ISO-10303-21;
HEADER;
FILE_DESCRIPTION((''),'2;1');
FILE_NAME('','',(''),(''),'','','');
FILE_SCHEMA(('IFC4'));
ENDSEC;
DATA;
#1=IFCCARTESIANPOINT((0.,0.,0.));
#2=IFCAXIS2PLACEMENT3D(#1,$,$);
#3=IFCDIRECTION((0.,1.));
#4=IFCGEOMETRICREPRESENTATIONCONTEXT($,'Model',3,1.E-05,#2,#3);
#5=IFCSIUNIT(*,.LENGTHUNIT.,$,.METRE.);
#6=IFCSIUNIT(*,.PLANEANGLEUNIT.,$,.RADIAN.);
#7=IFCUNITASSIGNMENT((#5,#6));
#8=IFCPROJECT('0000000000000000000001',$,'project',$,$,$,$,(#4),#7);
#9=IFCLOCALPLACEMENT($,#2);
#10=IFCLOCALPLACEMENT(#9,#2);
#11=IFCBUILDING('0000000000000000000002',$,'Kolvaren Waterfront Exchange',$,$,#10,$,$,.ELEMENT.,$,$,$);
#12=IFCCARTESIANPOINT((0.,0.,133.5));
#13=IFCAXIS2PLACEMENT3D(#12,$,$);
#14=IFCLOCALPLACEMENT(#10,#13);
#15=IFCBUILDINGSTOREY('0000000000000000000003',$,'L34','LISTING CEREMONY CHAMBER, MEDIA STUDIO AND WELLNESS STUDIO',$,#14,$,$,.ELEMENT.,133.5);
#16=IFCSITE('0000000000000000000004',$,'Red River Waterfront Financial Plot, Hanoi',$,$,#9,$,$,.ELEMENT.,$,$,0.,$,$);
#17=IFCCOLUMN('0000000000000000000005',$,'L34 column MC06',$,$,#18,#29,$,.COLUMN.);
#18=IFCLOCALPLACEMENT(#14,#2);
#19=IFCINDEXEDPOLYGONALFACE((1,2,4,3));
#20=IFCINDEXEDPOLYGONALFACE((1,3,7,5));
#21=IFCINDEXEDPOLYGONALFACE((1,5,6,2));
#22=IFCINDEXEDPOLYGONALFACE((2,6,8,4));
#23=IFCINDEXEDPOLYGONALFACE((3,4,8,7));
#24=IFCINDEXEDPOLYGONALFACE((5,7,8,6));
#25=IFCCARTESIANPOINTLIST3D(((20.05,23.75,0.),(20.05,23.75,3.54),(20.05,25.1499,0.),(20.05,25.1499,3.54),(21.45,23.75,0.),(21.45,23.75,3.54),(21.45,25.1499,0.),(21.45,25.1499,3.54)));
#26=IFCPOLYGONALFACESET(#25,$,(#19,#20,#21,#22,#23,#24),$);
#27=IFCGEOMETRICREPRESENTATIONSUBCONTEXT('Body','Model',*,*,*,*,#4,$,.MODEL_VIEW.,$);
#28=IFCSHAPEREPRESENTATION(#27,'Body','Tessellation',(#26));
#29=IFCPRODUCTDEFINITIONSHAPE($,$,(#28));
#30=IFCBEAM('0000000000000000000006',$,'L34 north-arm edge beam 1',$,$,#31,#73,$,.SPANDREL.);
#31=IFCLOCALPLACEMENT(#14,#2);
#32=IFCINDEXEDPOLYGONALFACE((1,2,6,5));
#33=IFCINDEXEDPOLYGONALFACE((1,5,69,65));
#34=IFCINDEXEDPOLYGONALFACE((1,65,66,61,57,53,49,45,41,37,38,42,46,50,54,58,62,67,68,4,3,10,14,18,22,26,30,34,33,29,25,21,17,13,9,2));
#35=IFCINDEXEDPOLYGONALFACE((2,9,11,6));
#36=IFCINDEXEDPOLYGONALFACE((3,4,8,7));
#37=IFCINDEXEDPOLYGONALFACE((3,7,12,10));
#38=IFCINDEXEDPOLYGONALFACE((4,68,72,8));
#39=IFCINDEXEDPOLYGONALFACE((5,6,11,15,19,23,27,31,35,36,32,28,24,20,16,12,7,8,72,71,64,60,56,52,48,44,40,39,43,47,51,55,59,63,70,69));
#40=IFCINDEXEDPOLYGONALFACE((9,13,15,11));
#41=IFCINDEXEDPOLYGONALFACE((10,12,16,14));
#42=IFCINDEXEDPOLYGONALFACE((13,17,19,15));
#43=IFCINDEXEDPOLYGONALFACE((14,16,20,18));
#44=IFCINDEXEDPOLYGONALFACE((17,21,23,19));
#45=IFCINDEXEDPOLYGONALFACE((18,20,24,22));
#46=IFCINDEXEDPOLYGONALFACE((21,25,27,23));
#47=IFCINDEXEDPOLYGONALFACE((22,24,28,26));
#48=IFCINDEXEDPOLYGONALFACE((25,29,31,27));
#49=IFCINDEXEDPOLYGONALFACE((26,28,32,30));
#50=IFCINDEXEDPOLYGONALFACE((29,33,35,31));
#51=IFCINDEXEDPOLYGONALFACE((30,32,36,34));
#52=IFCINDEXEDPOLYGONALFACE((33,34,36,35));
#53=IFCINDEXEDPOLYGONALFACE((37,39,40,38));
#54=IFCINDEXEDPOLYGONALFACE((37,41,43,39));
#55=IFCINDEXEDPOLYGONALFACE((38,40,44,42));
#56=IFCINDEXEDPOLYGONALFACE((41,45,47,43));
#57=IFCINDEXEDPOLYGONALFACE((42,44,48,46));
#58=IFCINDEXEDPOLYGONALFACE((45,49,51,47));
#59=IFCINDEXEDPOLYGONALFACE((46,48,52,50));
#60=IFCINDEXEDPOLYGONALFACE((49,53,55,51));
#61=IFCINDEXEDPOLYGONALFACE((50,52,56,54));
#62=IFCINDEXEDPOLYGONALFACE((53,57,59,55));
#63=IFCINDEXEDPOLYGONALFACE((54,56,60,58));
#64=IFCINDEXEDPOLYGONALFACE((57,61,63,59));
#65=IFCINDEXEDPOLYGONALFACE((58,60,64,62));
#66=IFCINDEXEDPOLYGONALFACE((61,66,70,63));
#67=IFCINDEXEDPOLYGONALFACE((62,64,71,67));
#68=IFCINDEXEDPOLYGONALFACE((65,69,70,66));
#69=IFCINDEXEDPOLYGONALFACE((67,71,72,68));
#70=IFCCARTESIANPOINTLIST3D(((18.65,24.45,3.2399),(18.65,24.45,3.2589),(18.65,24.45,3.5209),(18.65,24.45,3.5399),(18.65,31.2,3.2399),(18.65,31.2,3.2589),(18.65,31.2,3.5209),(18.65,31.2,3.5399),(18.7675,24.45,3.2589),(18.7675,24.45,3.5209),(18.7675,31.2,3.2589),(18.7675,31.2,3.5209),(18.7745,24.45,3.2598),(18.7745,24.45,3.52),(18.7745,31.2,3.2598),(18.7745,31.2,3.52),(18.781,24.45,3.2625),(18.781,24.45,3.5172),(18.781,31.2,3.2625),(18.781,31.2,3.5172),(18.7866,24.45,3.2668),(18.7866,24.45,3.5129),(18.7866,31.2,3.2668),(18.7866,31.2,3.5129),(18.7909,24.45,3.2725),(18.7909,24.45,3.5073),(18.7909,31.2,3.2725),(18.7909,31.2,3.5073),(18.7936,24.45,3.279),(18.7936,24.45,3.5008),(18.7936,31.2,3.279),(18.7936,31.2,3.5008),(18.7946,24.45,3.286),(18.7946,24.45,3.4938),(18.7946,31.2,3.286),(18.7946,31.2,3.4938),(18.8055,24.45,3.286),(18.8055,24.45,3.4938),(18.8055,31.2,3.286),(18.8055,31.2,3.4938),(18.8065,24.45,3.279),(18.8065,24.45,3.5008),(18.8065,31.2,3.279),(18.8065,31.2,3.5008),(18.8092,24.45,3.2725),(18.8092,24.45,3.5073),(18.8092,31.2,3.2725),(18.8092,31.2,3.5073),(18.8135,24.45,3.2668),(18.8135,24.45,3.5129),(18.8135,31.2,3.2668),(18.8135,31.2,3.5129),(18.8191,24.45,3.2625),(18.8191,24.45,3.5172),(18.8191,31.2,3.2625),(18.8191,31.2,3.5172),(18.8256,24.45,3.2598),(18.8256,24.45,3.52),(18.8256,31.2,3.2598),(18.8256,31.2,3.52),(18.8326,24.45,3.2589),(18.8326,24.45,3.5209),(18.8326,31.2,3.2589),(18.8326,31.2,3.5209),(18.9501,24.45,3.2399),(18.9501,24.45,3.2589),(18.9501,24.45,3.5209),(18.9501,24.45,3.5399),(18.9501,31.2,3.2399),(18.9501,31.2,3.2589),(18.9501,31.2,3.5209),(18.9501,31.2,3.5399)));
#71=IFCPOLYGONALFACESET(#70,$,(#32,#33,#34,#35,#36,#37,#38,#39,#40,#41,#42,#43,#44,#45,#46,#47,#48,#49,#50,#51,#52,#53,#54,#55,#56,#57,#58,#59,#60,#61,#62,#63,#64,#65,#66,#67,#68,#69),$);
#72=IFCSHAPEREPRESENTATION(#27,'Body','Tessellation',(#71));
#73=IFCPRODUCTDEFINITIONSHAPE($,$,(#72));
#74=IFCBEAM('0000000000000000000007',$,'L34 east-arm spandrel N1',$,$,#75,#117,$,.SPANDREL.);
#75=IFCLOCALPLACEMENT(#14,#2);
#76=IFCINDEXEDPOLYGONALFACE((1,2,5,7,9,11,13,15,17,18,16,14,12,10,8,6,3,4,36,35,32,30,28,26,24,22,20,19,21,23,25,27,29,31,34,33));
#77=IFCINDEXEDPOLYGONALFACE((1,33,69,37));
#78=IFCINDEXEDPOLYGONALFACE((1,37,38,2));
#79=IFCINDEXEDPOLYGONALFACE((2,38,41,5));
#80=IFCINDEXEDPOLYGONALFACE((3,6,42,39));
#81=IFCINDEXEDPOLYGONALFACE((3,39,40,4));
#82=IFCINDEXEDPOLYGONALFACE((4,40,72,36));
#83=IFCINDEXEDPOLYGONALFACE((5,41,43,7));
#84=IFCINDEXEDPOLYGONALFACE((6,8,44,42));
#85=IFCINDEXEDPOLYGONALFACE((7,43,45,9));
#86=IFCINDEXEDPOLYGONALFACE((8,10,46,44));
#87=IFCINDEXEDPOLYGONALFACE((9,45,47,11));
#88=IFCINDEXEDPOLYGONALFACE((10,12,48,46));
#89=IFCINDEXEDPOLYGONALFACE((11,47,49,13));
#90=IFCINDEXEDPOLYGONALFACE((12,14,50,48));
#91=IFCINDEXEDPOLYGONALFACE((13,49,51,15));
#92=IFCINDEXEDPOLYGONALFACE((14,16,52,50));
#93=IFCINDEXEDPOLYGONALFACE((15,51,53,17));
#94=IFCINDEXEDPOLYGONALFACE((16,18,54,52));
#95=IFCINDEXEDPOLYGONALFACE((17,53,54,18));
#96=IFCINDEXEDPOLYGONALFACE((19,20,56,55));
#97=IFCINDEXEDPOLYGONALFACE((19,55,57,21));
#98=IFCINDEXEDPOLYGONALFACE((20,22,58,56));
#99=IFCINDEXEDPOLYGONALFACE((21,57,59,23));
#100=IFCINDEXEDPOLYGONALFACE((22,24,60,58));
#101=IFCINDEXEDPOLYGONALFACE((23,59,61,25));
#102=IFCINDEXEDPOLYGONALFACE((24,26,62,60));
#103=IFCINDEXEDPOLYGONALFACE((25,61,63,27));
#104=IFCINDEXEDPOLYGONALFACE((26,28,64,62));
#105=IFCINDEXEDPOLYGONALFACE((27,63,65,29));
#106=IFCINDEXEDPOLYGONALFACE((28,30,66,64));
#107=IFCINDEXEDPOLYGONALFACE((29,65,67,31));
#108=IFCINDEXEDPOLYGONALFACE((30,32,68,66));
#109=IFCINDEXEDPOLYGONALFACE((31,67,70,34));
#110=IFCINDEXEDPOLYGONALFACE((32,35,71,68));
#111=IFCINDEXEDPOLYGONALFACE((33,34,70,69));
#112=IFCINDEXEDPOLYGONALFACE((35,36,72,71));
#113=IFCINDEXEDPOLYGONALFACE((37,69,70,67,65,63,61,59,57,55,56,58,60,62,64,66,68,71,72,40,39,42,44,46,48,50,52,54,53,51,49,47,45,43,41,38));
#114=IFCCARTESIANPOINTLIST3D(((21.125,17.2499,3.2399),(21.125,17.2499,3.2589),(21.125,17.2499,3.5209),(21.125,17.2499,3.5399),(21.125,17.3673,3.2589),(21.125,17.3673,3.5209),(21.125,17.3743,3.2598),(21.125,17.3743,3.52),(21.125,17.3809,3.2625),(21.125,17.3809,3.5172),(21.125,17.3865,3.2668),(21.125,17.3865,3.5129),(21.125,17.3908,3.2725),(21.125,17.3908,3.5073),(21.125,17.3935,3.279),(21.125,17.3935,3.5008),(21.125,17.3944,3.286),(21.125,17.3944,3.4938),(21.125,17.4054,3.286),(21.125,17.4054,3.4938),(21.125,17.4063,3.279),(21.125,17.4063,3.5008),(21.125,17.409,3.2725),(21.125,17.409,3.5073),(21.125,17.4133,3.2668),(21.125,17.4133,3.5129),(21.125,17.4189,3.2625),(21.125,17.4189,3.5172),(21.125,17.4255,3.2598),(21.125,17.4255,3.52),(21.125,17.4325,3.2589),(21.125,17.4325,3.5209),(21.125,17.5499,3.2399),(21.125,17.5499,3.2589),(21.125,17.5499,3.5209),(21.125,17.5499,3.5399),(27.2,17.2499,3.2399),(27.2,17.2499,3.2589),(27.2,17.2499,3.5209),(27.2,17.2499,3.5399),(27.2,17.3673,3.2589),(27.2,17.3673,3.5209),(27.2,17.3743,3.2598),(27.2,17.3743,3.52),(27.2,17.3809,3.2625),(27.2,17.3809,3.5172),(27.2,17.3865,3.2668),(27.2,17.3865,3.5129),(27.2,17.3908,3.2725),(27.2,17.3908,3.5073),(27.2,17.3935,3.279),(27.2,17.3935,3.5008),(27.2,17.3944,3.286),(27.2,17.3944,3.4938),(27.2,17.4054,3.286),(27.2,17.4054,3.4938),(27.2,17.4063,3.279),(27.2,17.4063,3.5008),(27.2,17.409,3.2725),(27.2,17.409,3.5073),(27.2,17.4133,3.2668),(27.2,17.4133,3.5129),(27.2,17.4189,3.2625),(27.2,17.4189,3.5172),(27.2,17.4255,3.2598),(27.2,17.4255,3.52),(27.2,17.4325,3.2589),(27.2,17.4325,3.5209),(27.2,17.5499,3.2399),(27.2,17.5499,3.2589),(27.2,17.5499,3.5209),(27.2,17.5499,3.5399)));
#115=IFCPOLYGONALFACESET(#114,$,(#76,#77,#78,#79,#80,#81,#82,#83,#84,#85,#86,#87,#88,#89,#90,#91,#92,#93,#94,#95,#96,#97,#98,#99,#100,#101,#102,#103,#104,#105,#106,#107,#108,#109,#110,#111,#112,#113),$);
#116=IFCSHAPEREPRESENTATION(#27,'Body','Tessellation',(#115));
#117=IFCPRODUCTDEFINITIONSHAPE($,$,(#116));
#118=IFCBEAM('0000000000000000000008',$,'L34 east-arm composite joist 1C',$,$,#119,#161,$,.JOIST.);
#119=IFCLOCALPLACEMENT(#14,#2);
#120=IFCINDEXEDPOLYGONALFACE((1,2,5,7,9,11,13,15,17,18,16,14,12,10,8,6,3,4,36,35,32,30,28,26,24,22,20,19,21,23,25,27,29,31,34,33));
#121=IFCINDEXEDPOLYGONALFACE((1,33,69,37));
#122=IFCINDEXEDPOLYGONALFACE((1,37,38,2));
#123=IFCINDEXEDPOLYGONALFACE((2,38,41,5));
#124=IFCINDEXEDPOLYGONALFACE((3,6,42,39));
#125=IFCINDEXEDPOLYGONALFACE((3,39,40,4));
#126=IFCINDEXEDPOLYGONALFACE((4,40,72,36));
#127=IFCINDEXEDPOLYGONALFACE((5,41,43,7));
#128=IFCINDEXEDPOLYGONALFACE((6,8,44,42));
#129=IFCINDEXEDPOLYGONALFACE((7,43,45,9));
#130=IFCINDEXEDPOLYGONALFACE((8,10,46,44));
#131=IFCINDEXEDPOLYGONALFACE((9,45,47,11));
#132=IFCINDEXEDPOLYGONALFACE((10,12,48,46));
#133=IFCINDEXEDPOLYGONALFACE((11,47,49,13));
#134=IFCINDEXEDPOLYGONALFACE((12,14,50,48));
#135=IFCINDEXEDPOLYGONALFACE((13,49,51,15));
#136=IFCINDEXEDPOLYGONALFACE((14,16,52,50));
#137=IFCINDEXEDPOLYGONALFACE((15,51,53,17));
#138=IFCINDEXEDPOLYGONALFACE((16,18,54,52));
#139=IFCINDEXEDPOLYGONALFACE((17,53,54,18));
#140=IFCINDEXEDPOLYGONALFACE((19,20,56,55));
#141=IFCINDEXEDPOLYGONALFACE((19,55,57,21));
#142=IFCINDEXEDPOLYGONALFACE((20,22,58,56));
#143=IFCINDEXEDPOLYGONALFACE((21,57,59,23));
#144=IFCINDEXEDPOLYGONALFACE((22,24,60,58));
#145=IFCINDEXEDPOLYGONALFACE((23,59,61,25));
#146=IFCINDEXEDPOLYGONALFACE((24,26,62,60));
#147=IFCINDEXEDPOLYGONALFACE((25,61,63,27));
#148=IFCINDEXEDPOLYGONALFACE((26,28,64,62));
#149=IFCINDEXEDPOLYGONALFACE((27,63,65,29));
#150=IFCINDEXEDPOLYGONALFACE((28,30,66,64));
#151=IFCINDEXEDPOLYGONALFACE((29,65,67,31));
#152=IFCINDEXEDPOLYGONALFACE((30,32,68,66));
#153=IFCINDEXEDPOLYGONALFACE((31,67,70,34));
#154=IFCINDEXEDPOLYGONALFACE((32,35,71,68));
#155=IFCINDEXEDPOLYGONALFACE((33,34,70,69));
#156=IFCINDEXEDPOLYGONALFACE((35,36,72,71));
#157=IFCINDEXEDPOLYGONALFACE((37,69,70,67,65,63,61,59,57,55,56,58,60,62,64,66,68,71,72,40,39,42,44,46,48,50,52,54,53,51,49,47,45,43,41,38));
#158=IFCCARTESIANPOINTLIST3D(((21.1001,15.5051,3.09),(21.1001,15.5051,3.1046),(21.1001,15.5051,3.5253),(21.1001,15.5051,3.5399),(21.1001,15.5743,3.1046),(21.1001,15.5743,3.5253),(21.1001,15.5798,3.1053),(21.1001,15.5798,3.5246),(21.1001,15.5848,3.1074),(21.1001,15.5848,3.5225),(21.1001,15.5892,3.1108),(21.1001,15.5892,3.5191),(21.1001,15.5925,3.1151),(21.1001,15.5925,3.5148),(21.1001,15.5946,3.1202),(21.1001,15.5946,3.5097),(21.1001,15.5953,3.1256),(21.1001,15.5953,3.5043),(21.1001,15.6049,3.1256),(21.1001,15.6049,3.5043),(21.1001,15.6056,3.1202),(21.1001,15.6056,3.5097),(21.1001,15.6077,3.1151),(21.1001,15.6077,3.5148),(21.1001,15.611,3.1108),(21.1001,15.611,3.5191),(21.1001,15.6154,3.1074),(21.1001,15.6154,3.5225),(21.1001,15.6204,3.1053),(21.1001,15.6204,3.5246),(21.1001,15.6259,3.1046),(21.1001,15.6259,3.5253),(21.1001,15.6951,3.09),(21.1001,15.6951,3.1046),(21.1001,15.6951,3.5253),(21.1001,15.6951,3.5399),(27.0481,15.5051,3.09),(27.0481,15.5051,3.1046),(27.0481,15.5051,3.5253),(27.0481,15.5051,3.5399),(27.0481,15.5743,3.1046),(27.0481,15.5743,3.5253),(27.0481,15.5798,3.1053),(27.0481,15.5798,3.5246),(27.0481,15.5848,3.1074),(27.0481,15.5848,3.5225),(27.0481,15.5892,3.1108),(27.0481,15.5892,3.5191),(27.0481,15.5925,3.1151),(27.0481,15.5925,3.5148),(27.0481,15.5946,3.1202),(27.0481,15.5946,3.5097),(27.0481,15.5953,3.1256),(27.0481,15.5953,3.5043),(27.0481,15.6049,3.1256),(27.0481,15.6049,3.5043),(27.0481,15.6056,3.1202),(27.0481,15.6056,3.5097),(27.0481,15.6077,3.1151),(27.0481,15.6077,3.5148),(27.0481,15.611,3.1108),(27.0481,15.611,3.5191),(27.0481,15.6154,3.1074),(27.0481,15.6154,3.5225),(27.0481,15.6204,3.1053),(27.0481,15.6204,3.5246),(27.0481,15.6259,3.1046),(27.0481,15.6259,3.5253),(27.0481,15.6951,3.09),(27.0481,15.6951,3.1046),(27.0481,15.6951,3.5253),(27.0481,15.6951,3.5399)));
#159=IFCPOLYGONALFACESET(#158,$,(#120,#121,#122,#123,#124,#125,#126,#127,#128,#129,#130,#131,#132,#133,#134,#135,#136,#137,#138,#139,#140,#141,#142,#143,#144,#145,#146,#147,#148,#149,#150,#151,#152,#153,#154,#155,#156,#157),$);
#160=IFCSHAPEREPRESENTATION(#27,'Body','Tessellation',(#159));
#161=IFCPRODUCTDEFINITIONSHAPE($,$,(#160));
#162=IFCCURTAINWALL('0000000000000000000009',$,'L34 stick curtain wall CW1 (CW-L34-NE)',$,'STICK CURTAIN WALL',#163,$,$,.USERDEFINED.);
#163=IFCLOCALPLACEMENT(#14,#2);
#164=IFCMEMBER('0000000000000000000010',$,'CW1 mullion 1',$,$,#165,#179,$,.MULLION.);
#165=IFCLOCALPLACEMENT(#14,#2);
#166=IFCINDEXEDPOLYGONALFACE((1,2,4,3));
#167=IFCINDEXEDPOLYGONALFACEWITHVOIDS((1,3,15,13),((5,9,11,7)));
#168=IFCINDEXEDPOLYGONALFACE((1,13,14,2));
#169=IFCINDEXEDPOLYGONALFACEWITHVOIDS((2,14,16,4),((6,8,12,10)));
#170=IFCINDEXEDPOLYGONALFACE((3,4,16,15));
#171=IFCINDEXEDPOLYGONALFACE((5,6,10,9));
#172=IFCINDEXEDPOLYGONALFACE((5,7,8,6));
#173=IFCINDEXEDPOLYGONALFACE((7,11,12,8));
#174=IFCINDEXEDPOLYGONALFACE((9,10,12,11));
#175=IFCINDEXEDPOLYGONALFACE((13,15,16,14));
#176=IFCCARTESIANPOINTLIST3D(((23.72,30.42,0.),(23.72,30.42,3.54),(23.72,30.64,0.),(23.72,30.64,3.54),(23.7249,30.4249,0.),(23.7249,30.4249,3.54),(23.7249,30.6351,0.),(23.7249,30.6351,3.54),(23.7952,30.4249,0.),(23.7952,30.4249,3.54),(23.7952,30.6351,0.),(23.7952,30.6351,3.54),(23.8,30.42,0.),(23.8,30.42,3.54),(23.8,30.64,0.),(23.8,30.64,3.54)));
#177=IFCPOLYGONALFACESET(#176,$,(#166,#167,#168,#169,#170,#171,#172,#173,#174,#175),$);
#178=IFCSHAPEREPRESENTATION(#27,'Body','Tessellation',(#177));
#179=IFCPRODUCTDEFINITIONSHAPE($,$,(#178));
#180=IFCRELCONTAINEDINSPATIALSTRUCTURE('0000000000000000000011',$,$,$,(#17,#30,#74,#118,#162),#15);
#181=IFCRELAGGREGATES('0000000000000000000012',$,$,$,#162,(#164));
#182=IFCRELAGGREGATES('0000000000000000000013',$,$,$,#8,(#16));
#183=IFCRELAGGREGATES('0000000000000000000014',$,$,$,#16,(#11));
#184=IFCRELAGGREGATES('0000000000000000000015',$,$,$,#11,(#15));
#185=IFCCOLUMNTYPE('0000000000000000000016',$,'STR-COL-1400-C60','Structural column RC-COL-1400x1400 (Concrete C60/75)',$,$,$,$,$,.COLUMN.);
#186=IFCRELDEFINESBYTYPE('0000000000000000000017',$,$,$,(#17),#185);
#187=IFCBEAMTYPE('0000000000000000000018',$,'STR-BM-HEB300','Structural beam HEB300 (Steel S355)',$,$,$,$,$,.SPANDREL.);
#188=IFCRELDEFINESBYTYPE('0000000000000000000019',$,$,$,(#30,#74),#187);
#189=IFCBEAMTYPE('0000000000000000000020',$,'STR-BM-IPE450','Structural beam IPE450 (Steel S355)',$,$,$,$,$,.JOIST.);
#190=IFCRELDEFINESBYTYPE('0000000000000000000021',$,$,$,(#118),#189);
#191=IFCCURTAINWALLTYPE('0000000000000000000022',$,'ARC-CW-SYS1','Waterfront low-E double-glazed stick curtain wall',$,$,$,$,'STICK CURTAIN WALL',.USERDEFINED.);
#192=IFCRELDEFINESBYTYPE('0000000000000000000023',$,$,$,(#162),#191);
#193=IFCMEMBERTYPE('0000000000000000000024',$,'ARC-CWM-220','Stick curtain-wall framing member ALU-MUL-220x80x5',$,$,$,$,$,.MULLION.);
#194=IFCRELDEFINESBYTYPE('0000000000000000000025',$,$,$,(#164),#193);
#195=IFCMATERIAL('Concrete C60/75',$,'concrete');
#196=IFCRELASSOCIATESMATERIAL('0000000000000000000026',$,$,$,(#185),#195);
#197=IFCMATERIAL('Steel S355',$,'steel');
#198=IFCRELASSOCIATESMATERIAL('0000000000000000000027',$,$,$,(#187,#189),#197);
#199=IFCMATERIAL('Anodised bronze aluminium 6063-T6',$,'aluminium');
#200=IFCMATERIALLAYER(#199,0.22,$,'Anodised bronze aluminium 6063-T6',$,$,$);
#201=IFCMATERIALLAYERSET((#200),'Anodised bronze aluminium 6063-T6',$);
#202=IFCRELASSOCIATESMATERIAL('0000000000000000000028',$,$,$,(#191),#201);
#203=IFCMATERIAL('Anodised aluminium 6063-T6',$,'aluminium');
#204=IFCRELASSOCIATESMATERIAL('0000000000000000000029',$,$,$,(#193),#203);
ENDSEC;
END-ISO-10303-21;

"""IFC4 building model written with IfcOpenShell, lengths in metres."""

from ifc_helpers import new_model, si_unit, direction, frame, origin, origin_with_axes, origin_2d, place, context, subcontext, project, spatial, rectangle, hollow_rectangle, i_section, extrude, source, transform, mapped, material, layer, layer_set, material_profile, profile_set, type_object, element, aggregate, save


model = new_model("IFC4")

# Units and contexts
model_context = context("Model", 3, precision=1e-05, world=origin(), true_north=direction((0.0, 1.0)))
body_context = subcontext(model_context, "Body", "Model", "MODEL_VIEW")
ifc_project = project(units=[si_unit("LENGTHUNIT", "METRE"), si_unit("PLANEANGLEUNIT", "RADIAN")], contexts=[model_context])

# Site, building, storey
site_placement = place(None, origin())
site = spatial("IfcSite", under=ifc_project, at=site_placement, Name="Red River Waterfront Financial Plot, Hanoi", CompositionType="ELEMENT", RefElevation=0.0)
building_placement = place(site_placement, origin())
building = spatial("IfcBuilding", under=site, at=building_placement, Name="Kolvaren Waterfront Exchange", CompositionType="ELEMENT")
storey_placement = place(building_placement, frame((0.0, 0.0, 133.5)))
storey = spatial("IfcBuildingStorey", under=building, at=storey_placement, Name="L34", Description="LISTING CEREMONY CHAMBER, MEDIA STUDIO AND WELLNESS STUDIO", CompositionType="ELEMENT", Elevation=133.5)

# Column
ifc_material_1 = material(Name="Concrete C60/75", Category="concrete")
ifc_material_profile_1 = material_profile(ifc_material_1, rectangle(XDim=1.3999, YDim=1.3999, at=origin_2d()), Name="RC-COL-1400x1400")
ifc_profile_set_1 = profile_set([ifc_material_profile_1], Name="Concrete C60/75")
column_type = type_object("IfcColumnType", Name="STR-COL-1400-C60", Description="Structural column RC-COL-1400x1400 (Concrete C60/75)", PredefinedType="COLUMN", material=ifc_profile_set_1)
column_placement = place(storey_placement, frame((20.75, 24.45, 0.0), z_axis=(0.0, 0.0, 1.0), x_axis=(1.0, 0.0, 0.0)))
element("IfcColumn", 1, at=column_placement, inside=storey, type_object=column_type, Name="L34 column MC06", PredefinedType="COLUMN", context=body_context, shape_type="SweptSolid", body=[
    extrude(rectangle(XDim=1.3999, YDim=1.3999, at=origin_2d()), origin(), (0.0, 0.0, 1.0), 3.54),
])

# Beams
ifc_material_2 = material(Name="Steel S355", Category="steel")
ifc_material_profile_2 = material_profile(ifc_material_2, i_section(OverallWidth=0.3, OverallDepth=0.3, WebThickness=0.011, FlangeThickness=0.019, FilletRadius=0.0271, at=origin_2d()), Name="HEB300")
ifc_profile_set_2 = profile_set([ifc_material_profile_2], Name="Steel S355")
beam_type_1 = type_object("IfcBeamType", Name="STR-BM-HEB300", Description="Structural beam HEB300 (Steel S355)", PredefinedType="SPANDREL", material=ifc_profile_set_2)
beam_1_placement = place(storey_placement, frame((18.8, 24.45, 3.3899), z_axis=(0.0, 1.0, 0.0), x_axis=(-1.0, 0.0, 0.0)))
element("IfcBeam", 2, at=beam_1_placement, inside=storey, type_object=beam_type_1, Name="L34 north-arm edge beam 1", PredefinedType="SPANDREL", context=body_context, shape_type="SweptSolid", body=[
    extrude(i_section(OverallWidth=0.3, OverallDepth=0.3, WebThickness=0.011, FlangeThickness=0.019, FilletRadius=0.0271, at=origin_2d()), origin(), (0.0, 0.0, 1.0), 6.75),
])
beam_2_placement = place(storey_placement, frame((21.125, 17.3999, 3.3899), z_axis=(1.0, 0.0, 0.0), x_axis=(0.0, 1.0, 0.0)))
element("IfcBeam", 3, at=beam_2_placement, inside=storey, type_object=beam_type_1, Name="L34 east-arm spandrel N1", PredefinedType="SPANDREL", context=body_context, shape_type="SweptSolid", body=[
    extrude(i_section(OverallWidth=0.3, OverallDepth=0.3, WebThickness=0.011, FlangeThickness=0.019, FilletRadius=0.0271, at=origin_2d()), origin(), (0.0, 0.0, 1.0), 6.075),
])
ifc_material_profile_3 = material_profile(ifc_material_2, i_section(OverallWidth=0.1899, OverallDepth=0.45, WebThickness=0.0095, FlangeThickness=0.0146, FilletRadius=0.021, at=origin_2d()), Name="IPE450")
ifc_profile_set_3 = profile_set([ifc_material_profile_3], Name="Steel S355")
beam_type_2 = type_object("IfcBeamType", Name="STR-BM-IPE450", Description="Structural beam IPE450 (Steel S355)", PredefinedType="JOIST", material=ifc_profile_set_3)
beam_3_placement = place(storey_placement, frame((21.1001, 15.6001, 3.3149), z_axis=(1.0, 0.0, 0.0), x_axis=(0.0, 1.0, 0.0)))
element("IfcBeam", 4, at=beam_3_placement, inside=storey, type_object=beam_type_2, Name="L34 east-arm composite joist 1C", PredefinedType="JOIST", context=body_context, shape_type="SweptSolid", body=[
    extrude(i_section(OverallWidth=0.1899, OverallDepth=0.45, WebThickness=0.0095, FlangeThickness=0.0146, FilletRadius=0.021, at=origin_2d()), origin(), (0.0, 0.0, 1.0), 5.948),
])

# Curtain wall, member
ifc_material_3 = material(Name="Anodised bronze aluminium 6063-T6", Category="aluminium")
ifc_layer_1 = layer(ifc_material_3, 0.22, Name="Anodised bronze aluminium 6063-T6")
ifc_layer_set_1 = layer_set([ifc_layer_1], Name="Anodised bronze aluminium 6063-T6")
curtain_wall_type = type_object("IfcCurtainWallType", Name="ARC-CW-SYS1", Description="Waterfront low-E double-glazed stick curtain wall", ElementType="STICK CURTAIN WALL", PredefinedType="USERDEFINED", material=ifc_layer_set_1)
curtain_wall_placement = place(storey_placement, origin())
curtain_wall = element("IfcCurtainWall", 5, at=curtain_wall_placement, inside=storey, type_object=curtain_wall_type, Name="L34 stick curtain wall CW1 (CW-L34-NE)", ObjectType="STICK CURTAIN WALL", PredefinedType="USERDEFINED")
ifc_material_4 = material(Name="Anodised aluminium 6063-T6", Category="aluminium")
ifc_material_profile_4 = material_profile(ifc_material_4, hollow_rectangle(XDim=0.0801, YDim=0.22, WallThickness=0.0049, at=origin_2d()), Name="ALU-MUL-220x80x5")
ifc_profile_set_4 = profile_set([ifc_material_profile_4], Name="Anodised aluminium 6063-T6")
member_type_1 = type_object("IfcMemberType", Name="ARC-CWM-220", Description="Stick curtain-wall framing member ALU-MUL-220x80x5", PredefinedType="MULLION", material=ifc_profile_set_4)
shared_shape_1 = source(origin_with_axes(), body_context, "Body", "SweptSolid", [
    extrude(hollow_rectangle(XDim=0.0801, YDim=0.22, WallThickness=0.0049, at=origin_2d()), origin(), (0.0, 0.0, 1.0), 3.54),
])
member_1_placement = place(storey_placement, frame((23.76, 30.53, 0.0), z_axis=(0.0, 0.0, 1.0), x_axis=(-1.0, 0.0, 0.0)))
member_1 = element("IfcMember", 6, at=member_1_placement, type_object=member_type_1, Name="CW1 mullion 1", PredefinedType="MULLION", context=body_context, shape_type="MappedRepresentation", body=[
    mapped(shared_shape_1, transform((0.0, 0.0, 0.0), x_axis=(1.0, 0.0, 0.0), y_axis=(0.0, 1.0, 0.0), z_axis=(0.0, 0.0, 1.0), scale=1.0)),
])
aggregate(curtain_wall, [member_1])

save(model, "model.ifc")
